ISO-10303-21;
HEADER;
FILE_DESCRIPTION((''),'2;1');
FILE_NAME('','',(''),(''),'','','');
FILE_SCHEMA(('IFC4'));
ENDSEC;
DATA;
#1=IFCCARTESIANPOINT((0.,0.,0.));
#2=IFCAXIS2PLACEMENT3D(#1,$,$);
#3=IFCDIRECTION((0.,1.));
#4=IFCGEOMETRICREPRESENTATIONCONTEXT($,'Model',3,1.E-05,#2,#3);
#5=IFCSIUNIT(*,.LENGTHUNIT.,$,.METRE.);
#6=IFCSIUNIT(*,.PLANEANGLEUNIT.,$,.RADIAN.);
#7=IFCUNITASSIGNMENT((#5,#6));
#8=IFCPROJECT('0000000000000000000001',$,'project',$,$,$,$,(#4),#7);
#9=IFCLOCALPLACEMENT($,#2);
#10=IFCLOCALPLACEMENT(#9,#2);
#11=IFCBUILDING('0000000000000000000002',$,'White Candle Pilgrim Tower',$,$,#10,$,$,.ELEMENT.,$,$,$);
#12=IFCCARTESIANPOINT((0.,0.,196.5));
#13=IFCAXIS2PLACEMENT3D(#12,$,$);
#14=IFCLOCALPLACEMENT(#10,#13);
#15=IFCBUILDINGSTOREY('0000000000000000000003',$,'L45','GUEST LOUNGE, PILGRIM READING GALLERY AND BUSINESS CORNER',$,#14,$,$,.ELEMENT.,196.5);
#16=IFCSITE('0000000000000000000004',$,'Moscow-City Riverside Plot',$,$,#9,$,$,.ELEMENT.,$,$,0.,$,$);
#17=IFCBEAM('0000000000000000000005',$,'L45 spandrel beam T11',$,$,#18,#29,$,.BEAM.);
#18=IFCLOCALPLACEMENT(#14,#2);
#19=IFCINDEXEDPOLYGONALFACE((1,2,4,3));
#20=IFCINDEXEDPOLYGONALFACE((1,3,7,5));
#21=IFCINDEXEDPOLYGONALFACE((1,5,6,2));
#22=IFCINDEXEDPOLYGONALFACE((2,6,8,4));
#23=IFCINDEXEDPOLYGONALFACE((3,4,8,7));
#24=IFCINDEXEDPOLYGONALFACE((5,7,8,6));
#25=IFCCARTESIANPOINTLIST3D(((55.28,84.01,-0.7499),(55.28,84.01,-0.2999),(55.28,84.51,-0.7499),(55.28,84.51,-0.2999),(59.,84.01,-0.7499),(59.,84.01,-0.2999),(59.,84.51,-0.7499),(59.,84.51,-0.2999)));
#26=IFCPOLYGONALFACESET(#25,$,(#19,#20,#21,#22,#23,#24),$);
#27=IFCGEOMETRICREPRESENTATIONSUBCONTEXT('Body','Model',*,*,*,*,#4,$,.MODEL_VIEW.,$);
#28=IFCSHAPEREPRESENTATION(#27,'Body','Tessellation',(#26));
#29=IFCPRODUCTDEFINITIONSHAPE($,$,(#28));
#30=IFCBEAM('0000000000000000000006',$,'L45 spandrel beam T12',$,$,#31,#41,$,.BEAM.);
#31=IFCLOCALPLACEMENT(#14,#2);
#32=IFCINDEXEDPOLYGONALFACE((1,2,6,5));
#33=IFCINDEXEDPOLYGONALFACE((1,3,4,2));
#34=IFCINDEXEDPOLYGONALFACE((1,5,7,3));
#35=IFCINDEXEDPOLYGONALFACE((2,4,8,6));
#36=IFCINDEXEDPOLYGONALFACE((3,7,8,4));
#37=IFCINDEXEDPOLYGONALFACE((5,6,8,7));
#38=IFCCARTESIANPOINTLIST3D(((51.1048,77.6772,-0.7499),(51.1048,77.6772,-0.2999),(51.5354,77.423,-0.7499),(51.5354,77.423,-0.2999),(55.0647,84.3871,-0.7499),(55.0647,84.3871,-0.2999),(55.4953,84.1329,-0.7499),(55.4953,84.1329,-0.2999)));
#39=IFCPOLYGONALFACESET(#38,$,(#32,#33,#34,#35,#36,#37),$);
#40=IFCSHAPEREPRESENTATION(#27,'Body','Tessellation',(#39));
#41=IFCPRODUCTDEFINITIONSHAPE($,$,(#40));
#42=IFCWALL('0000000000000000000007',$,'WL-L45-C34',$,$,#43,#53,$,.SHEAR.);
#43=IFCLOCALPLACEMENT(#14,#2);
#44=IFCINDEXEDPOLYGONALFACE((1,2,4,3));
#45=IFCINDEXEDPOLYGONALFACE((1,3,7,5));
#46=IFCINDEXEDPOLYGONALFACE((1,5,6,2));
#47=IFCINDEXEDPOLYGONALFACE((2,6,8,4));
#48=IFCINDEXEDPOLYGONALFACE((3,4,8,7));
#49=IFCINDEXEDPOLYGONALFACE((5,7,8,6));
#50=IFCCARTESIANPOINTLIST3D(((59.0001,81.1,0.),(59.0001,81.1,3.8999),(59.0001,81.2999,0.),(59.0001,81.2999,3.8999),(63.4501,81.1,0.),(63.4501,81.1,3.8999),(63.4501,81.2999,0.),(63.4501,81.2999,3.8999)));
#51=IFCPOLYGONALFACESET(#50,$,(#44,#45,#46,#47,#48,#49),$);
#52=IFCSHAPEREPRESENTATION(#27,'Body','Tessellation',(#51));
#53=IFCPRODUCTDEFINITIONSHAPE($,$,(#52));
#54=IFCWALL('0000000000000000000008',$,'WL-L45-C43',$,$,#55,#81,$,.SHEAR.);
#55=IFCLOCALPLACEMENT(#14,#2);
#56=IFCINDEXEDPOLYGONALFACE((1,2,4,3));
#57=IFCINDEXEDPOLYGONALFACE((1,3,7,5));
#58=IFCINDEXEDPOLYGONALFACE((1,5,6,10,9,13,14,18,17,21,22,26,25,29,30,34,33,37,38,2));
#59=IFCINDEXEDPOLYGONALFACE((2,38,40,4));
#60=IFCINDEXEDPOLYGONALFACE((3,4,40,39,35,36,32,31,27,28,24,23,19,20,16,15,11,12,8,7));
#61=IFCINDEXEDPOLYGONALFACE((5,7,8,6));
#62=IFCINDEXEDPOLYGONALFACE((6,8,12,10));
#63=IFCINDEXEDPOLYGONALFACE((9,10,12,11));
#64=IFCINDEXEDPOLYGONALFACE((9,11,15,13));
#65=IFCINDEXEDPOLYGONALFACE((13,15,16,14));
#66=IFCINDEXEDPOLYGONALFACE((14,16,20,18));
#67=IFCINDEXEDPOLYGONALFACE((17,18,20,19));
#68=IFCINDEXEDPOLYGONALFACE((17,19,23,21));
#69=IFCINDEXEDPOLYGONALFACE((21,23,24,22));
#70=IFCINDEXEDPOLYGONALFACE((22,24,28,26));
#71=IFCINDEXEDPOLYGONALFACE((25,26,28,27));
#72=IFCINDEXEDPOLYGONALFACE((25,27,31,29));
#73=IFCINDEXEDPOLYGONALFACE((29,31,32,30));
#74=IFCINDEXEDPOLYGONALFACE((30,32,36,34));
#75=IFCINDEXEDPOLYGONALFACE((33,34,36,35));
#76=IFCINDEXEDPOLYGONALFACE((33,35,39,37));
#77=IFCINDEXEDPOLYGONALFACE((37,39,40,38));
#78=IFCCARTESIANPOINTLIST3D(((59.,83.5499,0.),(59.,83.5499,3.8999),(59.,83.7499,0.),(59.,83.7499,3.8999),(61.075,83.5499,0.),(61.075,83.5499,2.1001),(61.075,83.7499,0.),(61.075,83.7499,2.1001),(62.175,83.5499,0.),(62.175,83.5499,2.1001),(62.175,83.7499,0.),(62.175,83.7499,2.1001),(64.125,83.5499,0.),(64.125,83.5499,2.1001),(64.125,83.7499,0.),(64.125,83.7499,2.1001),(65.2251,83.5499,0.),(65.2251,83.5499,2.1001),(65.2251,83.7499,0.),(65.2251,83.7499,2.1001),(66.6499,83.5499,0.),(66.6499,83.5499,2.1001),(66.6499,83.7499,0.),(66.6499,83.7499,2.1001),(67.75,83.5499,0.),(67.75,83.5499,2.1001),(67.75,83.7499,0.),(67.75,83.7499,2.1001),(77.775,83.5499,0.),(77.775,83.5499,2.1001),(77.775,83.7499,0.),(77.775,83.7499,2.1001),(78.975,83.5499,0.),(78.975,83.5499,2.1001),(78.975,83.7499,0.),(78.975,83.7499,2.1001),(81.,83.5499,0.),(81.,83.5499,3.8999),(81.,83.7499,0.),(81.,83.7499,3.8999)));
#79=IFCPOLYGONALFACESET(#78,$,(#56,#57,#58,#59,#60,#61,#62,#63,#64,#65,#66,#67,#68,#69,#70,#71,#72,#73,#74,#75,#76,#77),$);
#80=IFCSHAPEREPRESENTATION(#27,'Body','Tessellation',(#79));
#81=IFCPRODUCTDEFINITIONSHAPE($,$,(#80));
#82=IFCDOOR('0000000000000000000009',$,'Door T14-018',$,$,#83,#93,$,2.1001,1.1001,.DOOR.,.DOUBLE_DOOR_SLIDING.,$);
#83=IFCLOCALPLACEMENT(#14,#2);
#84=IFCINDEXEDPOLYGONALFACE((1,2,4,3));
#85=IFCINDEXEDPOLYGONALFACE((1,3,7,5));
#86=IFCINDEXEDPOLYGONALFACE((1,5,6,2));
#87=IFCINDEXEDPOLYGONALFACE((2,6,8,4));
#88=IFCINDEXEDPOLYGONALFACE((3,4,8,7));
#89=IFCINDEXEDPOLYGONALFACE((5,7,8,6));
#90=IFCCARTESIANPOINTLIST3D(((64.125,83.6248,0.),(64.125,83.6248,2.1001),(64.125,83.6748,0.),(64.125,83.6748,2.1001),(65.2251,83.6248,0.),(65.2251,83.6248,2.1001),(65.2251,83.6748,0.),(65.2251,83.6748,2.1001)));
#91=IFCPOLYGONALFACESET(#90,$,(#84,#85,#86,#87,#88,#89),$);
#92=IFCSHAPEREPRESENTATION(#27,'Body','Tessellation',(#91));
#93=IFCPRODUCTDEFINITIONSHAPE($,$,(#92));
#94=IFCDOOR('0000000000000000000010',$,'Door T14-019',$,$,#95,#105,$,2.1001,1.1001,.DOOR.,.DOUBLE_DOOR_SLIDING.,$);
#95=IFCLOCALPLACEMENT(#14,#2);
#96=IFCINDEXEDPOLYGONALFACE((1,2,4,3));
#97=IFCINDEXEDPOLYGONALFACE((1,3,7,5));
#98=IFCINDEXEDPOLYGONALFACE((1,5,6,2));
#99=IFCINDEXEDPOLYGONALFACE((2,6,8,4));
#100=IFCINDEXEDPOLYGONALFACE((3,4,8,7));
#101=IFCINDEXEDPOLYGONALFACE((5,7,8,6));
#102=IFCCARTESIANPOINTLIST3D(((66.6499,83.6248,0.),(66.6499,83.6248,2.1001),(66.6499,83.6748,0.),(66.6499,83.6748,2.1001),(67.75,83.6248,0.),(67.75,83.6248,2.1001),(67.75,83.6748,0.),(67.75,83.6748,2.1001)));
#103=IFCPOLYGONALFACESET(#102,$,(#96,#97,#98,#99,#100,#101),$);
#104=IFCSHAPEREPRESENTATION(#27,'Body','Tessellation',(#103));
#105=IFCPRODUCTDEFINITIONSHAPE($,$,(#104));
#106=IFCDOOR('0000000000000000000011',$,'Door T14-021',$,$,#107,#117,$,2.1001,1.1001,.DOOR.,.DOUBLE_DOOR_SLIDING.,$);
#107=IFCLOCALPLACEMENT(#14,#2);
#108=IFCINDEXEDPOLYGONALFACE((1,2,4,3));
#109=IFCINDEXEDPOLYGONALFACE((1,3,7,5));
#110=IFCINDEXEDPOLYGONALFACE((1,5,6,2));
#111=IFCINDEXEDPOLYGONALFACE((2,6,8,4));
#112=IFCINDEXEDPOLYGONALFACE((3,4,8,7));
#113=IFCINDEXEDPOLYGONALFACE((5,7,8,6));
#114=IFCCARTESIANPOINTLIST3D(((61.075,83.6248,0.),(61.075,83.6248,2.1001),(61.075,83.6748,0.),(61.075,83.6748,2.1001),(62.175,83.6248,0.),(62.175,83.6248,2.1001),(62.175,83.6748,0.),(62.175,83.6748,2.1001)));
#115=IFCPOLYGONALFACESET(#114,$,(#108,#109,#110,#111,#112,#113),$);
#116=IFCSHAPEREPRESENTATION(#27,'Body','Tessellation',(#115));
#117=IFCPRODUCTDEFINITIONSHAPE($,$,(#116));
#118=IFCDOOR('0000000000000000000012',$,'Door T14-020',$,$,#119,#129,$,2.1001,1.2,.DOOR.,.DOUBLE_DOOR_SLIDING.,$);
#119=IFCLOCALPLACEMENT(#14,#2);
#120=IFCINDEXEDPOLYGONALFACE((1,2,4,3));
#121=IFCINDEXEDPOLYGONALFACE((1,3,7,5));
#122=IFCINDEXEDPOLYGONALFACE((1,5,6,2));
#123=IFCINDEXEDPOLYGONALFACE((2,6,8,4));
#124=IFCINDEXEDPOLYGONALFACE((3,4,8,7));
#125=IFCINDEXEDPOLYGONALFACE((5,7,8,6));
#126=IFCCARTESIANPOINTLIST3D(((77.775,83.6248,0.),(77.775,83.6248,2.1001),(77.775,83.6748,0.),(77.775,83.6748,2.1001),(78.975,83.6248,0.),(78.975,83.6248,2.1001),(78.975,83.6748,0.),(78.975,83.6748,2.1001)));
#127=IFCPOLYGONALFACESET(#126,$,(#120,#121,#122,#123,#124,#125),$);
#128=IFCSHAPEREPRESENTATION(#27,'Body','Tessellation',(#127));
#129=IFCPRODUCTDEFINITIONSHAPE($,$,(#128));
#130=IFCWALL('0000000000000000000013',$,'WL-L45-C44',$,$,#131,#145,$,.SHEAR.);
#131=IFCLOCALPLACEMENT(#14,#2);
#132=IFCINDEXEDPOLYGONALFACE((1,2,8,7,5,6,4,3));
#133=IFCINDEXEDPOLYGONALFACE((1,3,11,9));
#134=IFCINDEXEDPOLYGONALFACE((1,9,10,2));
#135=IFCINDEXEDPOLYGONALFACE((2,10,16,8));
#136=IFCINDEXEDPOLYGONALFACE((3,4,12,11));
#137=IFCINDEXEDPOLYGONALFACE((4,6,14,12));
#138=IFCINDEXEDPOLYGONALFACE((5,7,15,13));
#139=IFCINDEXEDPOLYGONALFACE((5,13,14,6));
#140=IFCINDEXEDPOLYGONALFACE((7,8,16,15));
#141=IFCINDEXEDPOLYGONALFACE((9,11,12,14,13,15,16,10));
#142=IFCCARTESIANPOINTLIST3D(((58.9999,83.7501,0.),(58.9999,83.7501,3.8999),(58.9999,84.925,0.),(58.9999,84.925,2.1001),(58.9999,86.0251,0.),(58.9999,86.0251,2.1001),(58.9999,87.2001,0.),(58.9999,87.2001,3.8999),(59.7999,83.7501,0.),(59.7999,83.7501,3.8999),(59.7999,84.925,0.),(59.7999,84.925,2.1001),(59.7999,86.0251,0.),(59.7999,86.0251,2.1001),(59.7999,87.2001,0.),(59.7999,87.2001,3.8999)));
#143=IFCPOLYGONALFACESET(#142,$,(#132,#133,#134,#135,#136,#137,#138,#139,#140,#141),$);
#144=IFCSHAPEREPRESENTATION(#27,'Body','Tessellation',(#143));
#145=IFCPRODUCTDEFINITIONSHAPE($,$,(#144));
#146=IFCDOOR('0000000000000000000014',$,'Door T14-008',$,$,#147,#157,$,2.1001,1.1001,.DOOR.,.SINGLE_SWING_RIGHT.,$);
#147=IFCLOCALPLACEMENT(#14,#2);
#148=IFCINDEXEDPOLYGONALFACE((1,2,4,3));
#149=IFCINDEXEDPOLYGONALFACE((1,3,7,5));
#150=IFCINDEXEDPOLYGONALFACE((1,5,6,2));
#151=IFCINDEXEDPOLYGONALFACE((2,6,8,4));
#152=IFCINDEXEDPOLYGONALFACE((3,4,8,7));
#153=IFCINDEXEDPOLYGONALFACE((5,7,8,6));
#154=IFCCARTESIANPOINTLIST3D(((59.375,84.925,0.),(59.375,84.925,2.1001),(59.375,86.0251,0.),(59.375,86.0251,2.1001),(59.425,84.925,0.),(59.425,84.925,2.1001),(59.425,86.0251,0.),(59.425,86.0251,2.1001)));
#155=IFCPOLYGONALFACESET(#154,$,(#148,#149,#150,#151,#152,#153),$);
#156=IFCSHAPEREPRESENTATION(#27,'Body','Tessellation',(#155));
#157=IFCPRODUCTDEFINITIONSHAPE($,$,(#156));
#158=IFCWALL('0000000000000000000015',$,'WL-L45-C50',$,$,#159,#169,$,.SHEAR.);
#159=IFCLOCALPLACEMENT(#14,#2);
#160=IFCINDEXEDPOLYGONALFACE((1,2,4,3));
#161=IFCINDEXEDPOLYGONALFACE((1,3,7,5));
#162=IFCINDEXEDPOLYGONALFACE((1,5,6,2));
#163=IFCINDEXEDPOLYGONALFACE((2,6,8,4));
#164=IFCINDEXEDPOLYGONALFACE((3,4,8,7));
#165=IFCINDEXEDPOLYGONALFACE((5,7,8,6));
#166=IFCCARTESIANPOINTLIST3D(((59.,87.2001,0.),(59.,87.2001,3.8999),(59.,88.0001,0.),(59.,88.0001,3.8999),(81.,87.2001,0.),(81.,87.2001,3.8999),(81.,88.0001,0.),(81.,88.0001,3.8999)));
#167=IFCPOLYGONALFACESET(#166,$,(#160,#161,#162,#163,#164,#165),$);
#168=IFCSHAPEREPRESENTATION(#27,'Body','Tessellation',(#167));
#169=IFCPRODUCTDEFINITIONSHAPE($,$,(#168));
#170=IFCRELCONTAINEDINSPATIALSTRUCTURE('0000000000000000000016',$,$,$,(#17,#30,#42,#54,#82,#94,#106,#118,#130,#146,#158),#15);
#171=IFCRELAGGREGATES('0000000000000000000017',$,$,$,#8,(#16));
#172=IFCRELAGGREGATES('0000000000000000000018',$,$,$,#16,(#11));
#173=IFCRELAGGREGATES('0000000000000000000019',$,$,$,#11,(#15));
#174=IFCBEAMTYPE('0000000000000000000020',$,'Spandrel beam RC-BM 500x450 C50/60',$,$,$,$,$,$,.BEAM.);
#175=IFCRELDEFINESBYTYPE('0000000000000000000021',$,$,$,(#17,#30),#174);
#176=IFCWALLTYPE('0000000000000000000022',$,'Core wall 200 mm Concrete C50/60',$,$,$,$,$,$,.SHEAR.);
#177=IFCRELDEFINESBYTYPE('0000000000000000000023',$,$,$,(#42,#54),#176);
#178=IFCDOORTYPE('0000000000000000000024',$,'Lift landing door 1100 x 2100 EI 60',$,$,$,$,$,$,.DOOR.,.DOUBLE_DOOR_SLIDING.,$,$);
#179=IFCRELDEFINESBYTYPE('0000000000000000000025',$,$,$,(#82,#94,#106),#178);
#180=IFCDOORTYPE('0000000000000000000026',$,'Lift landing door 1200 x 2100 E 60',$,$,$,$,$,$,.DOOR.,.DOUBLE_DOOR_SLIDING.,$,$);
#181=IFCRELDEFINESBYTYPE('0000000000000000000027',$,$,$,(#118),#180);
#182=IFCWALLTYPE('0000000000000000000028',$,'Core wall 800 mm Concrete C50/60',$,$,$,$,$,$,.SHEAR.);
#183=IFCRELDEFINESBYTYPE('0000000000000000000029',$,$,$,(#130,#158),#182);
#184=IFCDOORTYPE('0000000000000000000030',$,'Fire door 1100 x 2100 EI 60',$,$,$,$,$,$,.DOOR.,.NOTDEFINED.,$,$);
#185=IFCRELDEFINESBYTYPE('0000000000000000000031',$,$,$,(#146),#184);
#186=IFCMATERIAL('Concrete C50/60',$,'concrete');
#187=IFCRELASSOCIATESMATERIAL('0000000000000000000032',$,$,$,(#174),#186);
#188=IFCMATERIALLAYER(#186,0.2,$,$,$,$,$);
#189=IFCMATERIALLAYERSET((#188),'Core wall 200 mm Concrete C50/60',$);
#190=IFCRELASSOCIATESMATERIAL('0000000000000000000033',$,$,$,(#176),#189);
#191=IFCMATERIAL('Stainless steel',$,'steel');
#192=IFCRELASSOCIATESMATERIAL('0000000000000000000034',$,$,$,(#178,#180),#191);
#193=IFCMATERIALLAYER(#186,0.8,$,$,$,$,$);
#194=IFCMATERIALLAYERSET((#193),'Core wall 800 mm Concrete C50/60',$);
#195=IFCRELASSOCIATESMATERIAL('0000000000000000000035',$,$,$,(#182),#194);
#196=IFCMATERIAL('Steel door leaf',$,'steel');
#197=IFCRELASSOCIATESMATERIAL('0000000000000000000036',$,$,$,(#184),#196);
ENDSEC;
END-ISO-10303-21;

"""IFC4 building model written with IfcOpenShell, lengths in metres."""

from ifc_helpers import new_model, si_unit, direction, frame, frame_2d, origin, origin_2d, place, context, subcontext, project, spatial, rectangle, extrude, material, layer, layer_set, material_profile, profile_set, type_object, element, fill, save


model = new_model("IFC4")

# Units and contexts
model_context = context("Model", 3, precision=1e-05, world=origin(), true_north=direction((0.0, 1.0)))
body_context = subcontext(model_context, "Body", "Model", "MODEL_VIEW")
ifc_project = project(units=[si_unit("LENGTHUNIT", "METRE"), si_unit("PLANEANGLEUNIT", "RADIAN")], contexts=[model_context])

# Site, building, storey
site_placement = place(None, origin())
site = spatial("IfcSite", under=ifc_project, at=site_placement, Name="Moscow-City Riverside Plot", CompositionType="ELEMENT", RefElevation=0.0)
building_placement = place(site_placement, origin())
building = spatial("IfcBuilding", under=site, at=building_placement, Name="White Candle Pilgrim Tower", CompositionType="ELEMENT")
storey_placement = place(building_placement, frame((0.0, 0.0, 196.5)))
storey = spatial("IfcBuildingStorey", under=building, at=storey_placement, Name="L45", Description="GUEST LOUNGE, PILGRIM READING GALLERY AND BUSINESS CORNER", CompositionType="ELEMENT", Elevation=196.5)

# Beams
ifc_material_1 = material(Name="Concrete C50/60", Category="concrete")
ifc_material_profile = material_profile(ifc_material_1, rectangle(XDim=0.5, YDim=0.45, at=origin_2d()), Name="RC-BM 500x450")
ifc_profile_set = profile_set([ifc_material_profile], Name="Concrete C50/60")
beam_type = type_object("IfcBeamType", Name="Spandrel beam RC-BM 500x450 C50/60", PredefinedType="BEAM", material=ifc_profile_set)
beam_1_placement = place(storey_placement, frame((55.28, 84.26, -0.5249), z_axis=(1.0, 0.0, 0.0), x_axis=(0.0, 1.0, 0.0)))
element("IfcBeam", 1, at=beam_1_placement, inside=storey, type_object=beam_type, Name="L45 spandrel beam T11", PredefinedType="BEAM", context=body_context, shape_type="SweptSolid", body=[
    extrude(rectangle(XDim=0.5, YDim=0.45, at=origin_2d()), origin(), (0.0, 0.0, 1.0), 3.72),
])
beam_2_placement = place(storey_placement, frame((55.28, 84.26, -0.5249), z_axis=(-0.508252, -0.861208, 0.0), x_axis=(0.861208, -0.508252, 0.0)))
element("IfcBeam", 2, at=beam_2_placement, inside=storey, type_object=beam_type, Name="L45 spandrel beam T12", PredefinedType="BEAM", context=body_context, shape_type="SweptSolid", body=[
    extrude(rectangle(XDim=0.5, YDim=0.45, at=origin_2d()), origin(), (0.0, 0.0, 1.0), 7.7913),
])

# Wall
ifc_layer_1 = layer(ifc_material_1, 0.2)
ifc_layer_set_1 = layer_set([ifc_layer_1], Name="Core wall 200 mm Concrete C50/60")
wall_type_1 = type_object("IfcWallType", Name="Core wall 200 mm Concrete C50/60", PredefinedType="SHEAR", material=ifc_layer_set_1)
wall_1_placement = place(storey_placement, frame((59.0, 81.2, 0.0), z_axis=(0.0, 0.0, 1.0), x_axis=(1.0, 0.0, 0.0)))
element("IfcWall", 3, at=wall_1_placement, inside=storey, type_object=wall_type_1, Name="WL-L45-C34", PredefinedType="SHEAR", context=body_context, shape_type="SweptSolid", body=[
    extrude(rectangle(XDim=4.45, YDim=0.2, at=frame_2d((2.2251, 0.0))), origin(), (0.0, 0.0, 1.0), 3.8999),
])

# Wall, openings, doors
wall_2_placement = place(storey_placement, frame((59.0, 83.6499, 0.0), z_axis=(0.0, 0.0, 1.0), x_axis=(1.0, 0.0, 0.0)))
wall_2 = element("IfcWall", 4, at=wall_2_placement, inside=storey, type_object=wall_type_1, Name="WL-L45-C43", PredefinedType="SHEAR", context=body_context, shape_type="SweptSolid", body=[
    extrude(rectangle(XDim=22.0, YDim=0.2, at=frame_2d((11.0, 0.0))), origin(), (0.0, 0.0, 1.0), 3.8999),
])
opening_1_placement = place(wall_2_placement, frame((5.125, 0.0, 0.0)))
opening_1 = element("IfcOpeningElement", 5, at=opening_1_placement, cuts=wall_2, PredefinedType="OPENING", context=body_context, shape_type="SweptSolid", body=[
    extrude(rectangle(XDim=1.1001, YDim=2.1001, at=frame_2d((0.55, 1.05))), frame((0.0, 0.1099, 0.0), z_axis=(0.0, -1.0, 0.0), x_axis=(1.0, 0.0, 0.0)), (0.0, 0.0, 1.0), 0.22),
])
opening_2_placement = place(wall_2_placement, frame((7.6499, 0.0, 0.0)))
opening_2 = element("IfcOpeningElement", 6, at=opening_2_placement, cuts=wall_2, PredefinedType="OPENING", context=body_context, shape_type="SweptSolid", body=[
    extrude(rectangle(XDim=1.1001, YDim=2.1001, at=frame_2d((0.55, 1.05))), frame((0.0, 0.1099, 0.0), z_axis=(0.0, -1.0, 0.0), x_axis=(1.0, 0.0, 0.0)), (0.0, 0.0, 1.0), 0.22),
])
opening_3_placement = place(wall_2_placement, frame((18.7749, 0.0, 0.0)))
opening_3 = element("IfcOpeningElement", 7, at=opening_3_placement, cuts=wall_2, PredefinedType="OPENING", context=body_context, shape_type="SweptSolid", body=[
    extrude(rectangle(XDim=1.2, YDim=2.1001, at=frame_2d((0.6001, 1.05))), frame((0.0, 0.1099, 0.0), z_axis=(0.0, -1.0, 0.0), x_axis=(1.0, 0.0, 0.0)), (0.0, 0.0, 1.0), 0.22),
])
opening_4_placement = place(wall_2_placement, frame((2.075, 0.0, 0.0)))
opening_4 = element("IfcOpeningElement", 8, at=opening_4_placement, cuts=wall_2, PredefinedType="OPENING", context=body_context, shape_type="SweptSolid", body=[
    extrude(rectangle(XDim=1.1001, YDim=2.1001, at=frame_2d((0.55, 1.05))), frame((0.0, 0.1099, 0.0), z_axis=(0.0, -1.0, 0.0), x_axis=(1.0, 0.0, 0.0)), (0.0, 0.0, 1.0), 0.22),
])
ifc_material_2 = material(Name="Stainless steel", Category="steel")
door_type_1 = type_object("IfcDoorType", Name="Lift landing door 1100 x 2100 EI 60", OperationType="DOUBLE_DOOR_SLIDING", PredefinedType="DOOR", material=ifc_material_2)
door_1_placement = place(opening_1_placement, origin())
door_1 = element("IfcDoor", 9, at=door_1_placement, inside=storey, type_object=door_type_1, Name="Door T14-018", OperationType="DOUBLE_DOOR_SLIDING", OverallHeight=2.1001, OverallWidth=1.1001, PredefinedType="DOOR", context=body_context, shape_type="SweptSolid", body=[
    extrude(rectangle(XDim=1.1001, YDim=2.1001, at=frame_2d((0.55, 1.05))), frame((0.0, 0.0249, 0.0), z_axis=(0.0, -1.0, 0.0), x_axis=(1.0, 0.0, 0.0)), (0.0, 0.0, 1.0), 0.05),
])
fill(opening_1, door_1)
door_2_placement = place(opening_2_placement, origin())
door_2 = element("IfcDoor", 10, at=door_2_placement, inside=storey, type_object=door_type_1, Name="Door T14-019", OperationType="DOUBLE_DOOR_SLIDING", OverallHeight=2.1001, OverallWidth=1.1001, PredefinedType="DOOR", context=body_context, shape_type="SweptSolid", body=[
    extrude(rectangle(XDim=1.1001, YDim=2.1001, at=frame_2d((0.55, 1.05))), frame((0.0, 0.0249, 0.0), z_axis=(0.0, -1.0, 0.0), x_axis=(1.0, 0.0, 0.0)), (0.0, 0.0, 1.0), 0.05),
])
fill(opening_2, door_2)
door_3_placement = place(opening_4_placement, origin())
door_3 = element("IfcDoor", 11, at=door_3_placement, inside=storey, type_object=door_type_1, Name="Door T14-021", OperationType="DOUBLE_DOOR_SLIDING", OverallHeight=2.1001, OverallWidth=1.1001, PredefinedType="DOOR", context=body_context, shape_type="SweptSolid", body=[
    extrude(rectangle(XDim=1.1001, YDim=2.1001, at=frame_2d((0.55, 1.05))), frame((0.0, 0.0249, 0.0), z_axis=(0.0, -1.0, 0.0), x_axis=(1.0, 0.0, 0.0)), (0.0, 0.0, 1.0), 0.05),
])
fill(opening_4, door_3)
door_type_2 = type_object("IfcDoorType", Name="Lift landing door 1200 x 2100 E 60", OperationType="DOUBLE_DOOR_SLIDING", PredefinedType="DOOR", material=ifc_material_2)
door_4_placement = place(opening_3_placement, origin())
door_4 = element("IfcDoor", 12, at=door_4_placement, inside=storey, type_object=door_type_2, Name="Door T14-020", OperationType="DOUBLE_DOOR_SLIDING", OverallHeight=2.1001, OverallWidth=1.2, PredefinedType="DOOR", context=body_context, shape_type="SweptSolid", body=[
    extrude(rectangle(XDim=1.2, YDim=2.1001, at=frame_2d((0.6001, 1.05))), frame((0.0, 0.0249, 0.0), z_axis=(0.0, -1.0, 0.0), x_axis=(1.0, 0.0, 0.0)), (0.0, 0.0, 1.0), 0.05),
])
fill(opening_3, door_4)

# Wall, opening, door
ifc_layer_2 = layer(ifc_material_1, 0.8)
ifc_layer_set_2 = layer_set([ifc_layer_2], Name="Core wall 800 mm Concrete C50/60")
wall_type_2 = type_object("IfcWallType", Name="Core wall 800 mm Concrete C50/60", PredefinedType="SHEAR", material=ifc_layer_set_2)
wall_3_placement = place(storey_placement, frame((59.3999, 83.75, 0.0), z_axis=(0.0, 0.0, 1.0), x_axis=(0.0, 1.0, 0.0)))
wall_3 = element("IfcWall", 13, at=wall_3_placement, inside=storey, type_object=wall_type_2, Name="WL-L45-C44", PredefinedType="SHEAR", context=body_context, shape_type="SweptSolid", body=[
    extrude(rectangle(XDim=3.45, YDim=0.8, at=frame_2d((1.7251, 0.0))), origin(), (0.0, 0.0, 1.0), 3.8999),
])
opening_5_placement = place(wall_3_placement, frame((1.175, 0.0, 0.0)))
opening_5 = element("IfcOpeningElement", 14, at=opening_5_placement, cuts=wall_3, PredefinedType="OPENING", context=body_context, shape_type="SweptSolid", body=[
    extrude(rectangle(XDim=1.1001, YDim=2.1001, at=frame_2d((0.55, 1.05))), frame((0.0, 0.4099, 0.0), z_axis=(0.0, -1.0, 0.0), x_axis=(1.0, 0.0, 0.0)), (0.0, 0.0, 1.0), 0.8201),
])
ifc_material_3 = material(Name="Steel door leaf", Category="steel")
door_type_3 = type_object("IfcDoorType", Name="Fire door 1100 x 2100 EI 60", OperationType="NOTDEFINED", PredefinedType="DOOR", material=ifc_material_3)
door_5_placement = place(opening_5_placement, origin())
door_5 = element("IfcDoor", 15, at=door_5_placement, inside=storey, type_object=door_type_3, Name="Door T14-008", OperationType="SINGLE_SWING_RIGHT", OverallHeight=2.1001, OverallWidth=1.1001, PredefinedType="DOOR", context=body_context, shape_type="SweptSolid", body=[
    extrude(rectangle(XDim=1.1001, YDim=2.1001, at=frame_2d((0.55, 1.05))), frame((0.0, 0.0249, 0.0), z_axis=(0.0, -1.0, 0.0), x_axis=(1.0, 0.0, 0.0)), (0.0, 0.0, 1.0), 0.05),
])
fill(opening_5, door_5)

# Wall
wall_4_placement = place(storey_placement, frame((59.0, 87.6001, 0.0), z_axis=(0.0, 0.0, 1.0), x_axis=(1.0, 0.0, 0.0)))
element("IfcWall", 16, at=wall_4_placement, inside=storey, type_object=wall_type_2, Name="WL-L45-C50", PredefinedType="SHEAR", context=body_context, shape_type="SweptSolid", body=[
    extrude(rectangle(XDim=22.0, YDim=0.8, at=frame_2d((11.0, 0.0))), origin(), (0.0, 0.0, 1.0), 3.8999),
])

save(model, "model.ifc")
